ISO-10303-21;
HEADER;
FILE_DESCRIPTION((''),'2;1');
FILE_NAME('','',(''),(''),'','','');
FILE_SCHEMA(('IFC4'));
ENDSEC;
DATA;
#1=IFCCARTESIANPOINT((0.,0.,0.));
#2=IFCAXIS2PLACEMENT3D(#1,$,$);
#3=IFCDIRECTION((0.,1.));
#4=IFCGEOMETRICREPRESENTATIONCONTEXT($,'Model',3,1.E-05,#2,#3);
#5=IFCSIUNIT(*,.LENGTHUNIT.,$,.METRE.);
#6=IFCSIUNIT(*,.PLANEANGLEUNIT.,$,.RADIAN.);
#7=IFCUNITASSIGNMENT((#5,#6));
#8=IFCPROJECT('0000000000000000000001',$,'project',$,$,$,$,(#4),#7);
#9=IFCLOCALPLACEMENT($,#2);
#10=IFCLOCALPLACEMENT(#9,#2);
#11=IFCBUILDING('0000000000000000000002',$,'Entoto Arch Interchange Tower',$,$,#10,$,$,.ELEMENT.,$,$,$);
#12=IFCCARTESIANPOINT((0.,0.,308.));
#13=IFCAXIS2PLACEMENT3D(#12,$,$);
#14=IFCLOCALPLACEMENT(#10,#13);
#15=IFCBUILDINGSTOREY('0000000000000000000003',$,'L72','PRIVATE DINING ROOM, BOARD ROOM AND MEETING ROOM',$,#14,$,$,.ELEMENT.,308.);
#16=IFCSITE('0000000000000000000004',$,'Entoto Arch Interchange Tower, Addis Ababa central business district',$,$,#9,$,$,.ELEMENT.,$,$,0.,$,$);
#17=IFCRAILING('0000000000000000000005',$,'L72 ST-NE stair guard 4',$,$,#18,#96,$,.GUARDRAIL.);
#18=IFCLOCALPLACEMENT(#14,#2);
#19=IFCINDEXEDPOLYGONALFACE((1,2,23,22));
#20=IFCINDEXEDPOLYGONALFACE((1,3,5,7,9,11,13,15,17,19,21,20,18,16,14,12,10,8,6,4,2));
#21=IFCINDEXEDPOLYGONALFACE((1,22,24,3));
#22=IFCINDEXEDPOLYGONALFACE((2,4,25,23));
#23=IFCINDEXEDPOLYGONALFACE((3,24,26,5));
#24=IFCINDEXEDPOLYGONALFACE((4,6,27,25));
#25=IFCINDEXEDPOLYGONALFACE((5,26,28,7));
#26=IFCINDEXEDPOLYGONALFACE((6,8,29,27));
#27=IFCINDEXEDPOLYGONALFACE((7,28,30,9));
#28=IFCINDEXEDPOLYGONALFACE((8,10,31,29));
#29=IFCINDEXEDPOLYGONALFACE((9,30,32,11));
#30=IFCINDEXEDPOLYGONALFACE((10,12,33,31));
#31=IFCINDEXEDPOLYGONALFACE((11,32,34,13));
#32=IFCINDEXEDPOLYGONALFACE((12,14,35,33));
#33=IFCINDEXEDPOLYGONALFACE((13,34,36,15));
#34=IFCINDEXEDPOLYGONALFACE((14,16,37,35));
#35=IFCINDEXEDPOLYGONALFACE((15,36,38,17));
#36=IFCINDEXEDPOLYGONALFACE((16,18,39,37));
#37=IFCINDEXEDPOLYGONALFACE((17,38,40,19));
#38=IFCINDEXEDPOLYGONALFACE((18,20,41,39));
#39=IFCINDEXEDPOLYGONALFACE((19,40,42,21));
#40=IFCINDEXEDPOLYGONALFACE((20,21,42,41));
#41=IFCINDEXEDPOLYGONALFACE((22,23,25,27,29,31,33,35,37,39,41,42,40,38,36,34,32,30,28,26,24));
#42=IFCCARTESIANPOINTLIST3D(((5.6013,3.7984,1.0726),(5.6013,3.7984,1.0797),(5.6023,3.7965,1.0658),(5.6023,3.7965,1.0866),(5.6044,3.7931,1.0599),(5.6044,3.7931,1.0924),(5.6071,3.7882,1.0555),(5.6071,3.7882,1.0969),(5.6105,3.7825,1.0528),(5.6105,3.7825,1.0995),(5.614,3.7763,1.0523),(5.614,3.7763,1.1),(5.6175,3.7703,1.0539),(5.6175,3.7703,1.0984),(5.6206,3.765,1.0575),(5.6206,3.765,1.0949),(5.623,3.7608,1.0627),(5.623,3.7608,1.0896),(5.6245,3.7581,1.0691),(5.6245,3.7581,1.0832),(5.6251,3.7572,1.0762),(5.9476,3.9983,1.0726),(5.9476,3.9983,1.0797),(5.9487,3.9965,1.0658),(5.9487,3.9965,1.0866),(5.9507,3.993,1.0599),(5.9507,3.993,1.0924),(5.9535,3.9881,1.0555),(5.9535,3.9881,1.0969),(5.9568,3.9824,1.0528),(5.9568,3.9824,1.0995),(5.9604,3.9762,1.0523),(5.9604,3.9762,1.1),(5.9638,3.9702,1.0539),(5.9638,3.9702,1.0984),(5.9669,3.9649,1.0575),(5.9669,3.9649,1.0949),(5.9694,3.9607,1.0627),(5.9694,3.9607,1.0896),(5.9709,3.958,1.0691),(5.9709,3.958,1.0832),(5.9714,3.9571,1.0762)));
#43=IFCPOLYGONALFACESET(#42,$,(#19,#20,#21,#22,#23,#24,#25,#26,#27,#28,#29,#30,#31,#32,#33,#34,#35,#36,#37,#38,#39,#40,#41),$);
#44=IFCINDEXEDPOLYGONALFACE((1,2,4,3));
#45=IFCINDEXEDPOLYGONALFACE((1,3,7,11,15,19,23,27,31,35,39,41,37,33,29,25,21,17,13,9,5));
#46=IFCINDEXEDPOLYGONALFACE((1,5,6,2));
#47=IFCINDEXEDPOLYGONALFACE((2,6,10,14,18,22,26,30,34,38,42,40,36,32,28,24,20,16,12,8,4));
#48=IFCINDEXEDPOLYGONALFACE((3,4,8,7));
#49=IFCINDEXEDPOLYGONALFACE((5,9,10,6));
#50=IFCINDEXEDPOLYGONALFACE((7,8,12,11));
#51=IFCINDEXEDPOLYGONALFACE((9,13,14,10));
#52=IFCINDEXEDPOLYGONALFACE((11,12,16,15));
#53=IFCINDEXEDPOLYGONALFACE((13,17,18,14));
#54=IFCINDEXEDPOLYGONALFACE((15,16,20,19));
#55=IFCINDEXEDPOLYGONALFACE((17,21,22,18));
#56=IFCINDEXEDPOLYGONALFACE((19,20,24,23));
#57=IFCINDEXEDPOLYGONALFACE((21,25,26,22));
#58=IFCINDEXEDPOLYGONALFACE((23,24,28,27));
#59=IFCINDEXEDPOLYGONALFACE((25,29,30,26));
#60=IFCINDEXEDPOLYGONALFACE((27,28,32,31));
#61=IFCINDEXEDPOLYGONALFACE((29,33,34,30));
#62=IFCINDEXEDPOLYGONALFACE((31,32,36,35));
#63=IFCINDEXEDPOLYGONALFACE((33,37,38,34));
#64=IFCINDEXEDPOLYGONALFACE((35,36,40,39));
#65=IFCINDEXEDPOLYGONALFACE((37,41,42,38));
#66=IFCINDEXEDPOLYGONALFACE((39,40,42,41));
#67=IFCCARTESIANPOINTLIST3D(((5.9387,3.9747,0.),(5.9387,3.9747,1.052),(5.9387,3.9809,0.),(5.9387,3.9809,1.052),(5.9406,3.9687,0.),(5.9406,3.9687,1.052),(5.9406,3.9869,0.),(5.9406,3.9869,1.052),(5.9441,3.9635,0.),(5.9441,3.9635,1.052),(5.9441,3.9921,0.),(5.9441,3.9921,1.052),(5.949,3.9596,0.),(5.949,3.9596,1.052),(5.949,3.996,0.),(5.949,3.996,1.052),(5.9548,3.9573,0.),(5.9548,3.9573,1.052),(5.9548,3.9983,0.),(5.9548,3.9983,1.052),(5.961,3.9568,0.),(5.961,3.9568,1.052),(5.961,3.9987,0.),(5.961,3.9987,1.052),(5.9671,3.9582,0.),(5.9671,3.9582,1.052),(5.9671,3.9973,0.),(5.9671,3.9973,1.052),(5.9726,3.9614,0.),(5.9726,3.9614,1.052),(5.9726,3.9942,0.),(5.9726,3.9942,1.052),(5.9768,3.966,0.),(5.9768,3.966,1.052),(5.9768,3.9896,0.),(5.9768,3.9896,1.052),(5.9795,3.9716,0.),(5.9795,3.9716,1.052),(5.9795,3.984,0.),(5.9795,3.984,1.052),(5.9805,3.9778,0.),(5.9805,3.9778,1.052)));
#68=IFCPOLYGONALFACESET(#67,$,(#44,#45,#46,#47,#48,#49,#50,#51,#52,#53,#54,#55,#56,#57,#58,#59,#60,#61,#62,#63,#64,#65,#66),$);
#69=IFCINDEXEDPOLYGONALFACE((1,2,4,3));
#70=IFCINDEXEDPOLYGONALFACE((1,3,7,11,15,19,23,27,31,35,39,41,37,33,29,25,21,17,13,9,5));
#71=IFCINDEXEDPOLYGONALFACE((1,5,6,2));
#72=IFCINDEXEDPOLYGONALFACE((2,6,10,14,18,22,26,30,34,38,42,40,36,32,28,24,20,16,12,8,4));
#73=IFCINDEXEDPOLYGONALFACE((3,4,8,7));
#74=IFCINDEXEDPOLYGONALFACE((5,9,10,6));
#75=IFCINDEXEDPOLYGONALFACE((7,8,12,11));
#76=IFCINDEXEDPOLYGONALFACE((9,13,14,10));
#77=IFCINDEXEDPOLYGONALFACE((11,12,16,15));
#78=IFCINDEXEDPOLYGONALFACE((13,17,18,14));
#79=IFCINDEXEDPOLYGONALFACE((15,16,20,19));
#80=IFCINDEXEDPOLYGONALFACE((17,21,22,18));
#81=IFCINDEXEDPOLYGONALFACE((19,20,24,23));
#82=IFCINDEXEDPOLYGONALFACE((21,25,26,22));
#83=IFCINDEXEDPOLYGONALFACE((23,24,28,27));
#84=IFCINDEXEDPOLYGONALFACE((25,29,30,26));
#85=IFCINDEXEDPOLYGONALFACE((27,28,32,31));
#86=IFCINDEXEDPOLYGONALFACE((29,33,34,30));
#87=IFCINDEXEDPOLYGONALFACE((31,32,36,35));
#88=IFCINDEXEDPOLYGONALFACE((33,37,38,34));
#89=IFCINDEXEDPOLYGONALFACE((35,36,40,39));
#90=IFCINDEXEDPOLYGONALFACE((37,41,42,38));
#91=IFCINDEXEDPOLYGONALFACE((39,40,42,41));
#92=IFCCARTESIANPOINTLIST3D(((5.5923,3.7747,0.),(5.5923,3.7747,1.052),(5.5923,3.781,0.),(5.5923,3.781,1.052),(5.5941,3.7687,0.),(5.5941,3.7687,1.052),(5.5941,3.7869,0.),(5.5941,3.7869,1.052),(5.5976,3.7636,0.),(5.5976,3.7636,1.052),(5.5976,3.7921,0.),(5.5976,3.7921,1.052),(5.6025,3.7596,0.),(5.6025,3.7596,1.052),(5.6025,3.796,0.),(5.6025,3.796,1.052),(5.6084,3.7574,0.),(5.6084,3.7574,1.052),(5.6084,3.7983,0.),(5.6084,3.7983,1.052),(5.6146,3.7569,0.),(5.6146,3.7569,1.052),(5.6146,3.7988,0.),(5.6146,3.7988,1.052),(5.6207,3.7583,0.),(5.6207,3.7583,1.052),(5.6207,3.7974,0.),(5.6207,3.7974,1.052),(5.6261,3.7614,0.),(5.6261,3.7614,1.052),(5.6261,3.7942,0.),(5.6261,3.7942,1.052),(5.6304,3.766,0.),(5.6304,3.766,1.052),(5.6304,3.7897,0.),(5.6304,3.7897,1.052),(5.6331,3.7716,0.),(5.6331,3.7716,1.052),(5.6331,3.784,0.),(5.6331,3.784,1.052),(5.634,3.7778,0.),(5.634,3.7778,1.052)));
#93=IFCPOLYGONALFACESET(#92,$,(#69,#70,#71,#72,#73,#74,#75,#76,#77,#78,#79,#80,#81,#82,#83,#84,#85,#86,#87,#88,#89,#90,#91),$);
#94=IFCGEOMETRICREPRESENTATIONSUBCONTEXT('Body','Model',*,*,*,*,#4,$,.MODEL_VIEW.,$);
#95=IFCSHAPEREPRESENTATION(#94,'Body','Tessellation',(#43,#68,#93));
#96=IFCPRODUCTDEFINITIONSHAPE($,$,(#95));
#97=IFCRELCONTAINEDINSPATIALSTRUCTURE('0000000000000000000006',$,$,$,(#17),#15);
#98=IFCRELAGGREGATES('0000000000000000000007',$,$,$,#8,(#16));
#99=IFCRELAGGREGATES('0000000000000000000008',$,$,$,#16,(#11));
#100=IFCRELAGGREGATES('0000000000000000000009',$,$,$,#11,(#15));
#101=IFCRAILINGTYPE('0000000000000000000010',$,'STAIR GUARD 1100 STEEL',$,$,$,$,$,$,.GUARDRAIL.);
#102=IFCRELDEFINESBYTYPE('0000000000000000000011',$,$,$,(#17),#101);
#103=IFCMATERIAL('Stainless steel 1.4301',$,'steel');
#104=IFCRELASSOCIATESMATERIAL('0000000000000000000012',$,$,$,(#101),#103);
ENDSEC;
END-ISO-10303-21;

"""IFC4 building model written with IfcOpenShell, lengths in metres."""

from ifc_helpers import new_model, si_unit, direction, frame, origin, origin_2d, place, context, subcontext, project, spatial, circle, extrude, material, type_object, element, save


model = new_model("IFC4")

# Units and contexts
model_context = context("Model", 3, precision=1e-05, world=origin(), true_north=direction((0.0, 1.0)))
body_context = subcontext(model_context, "Body", "Model", "MODEL_VIEW")
ifc_project = project(units=[si_unit("LENGTHUNIT", "METRE"), si_unit("PLANEANGLEUNIT", "RADIAN")], contexts=[model_context])

# Site, building, storey
site_placement = place(None, origin())
site = spatial("IfcSite", under=ifc_project, at=site_placement, Name="Entoto Arch Interchange Tower, Addis Ababa central business district", CompositionType="ELEMENT", RefElevation=0.0)
building_placement = place(site_placement, origin())
building = spatial("IfcBuilding", under=site, at=building_placement, Name="Entoto Arch Interchange Tower", CompositionType="ELEMENT")
storey_placement = place(building_placement, frame((0.0, 0.0, 308.0)))
storey = spatial("IfcBuildingStorey", under=building, at=storey_placement, Name="L72", Description="PRIVATE DINING ROOM, BOARD ROOM AND MEETING ROOM", CompositionType="ELEMENT", Elevation=308.0)

# Railing
ifc_material_1 = material(Name="Stainless steel 1.4301", Category="steel")
railing_type_1 = type_object("IfcRailingType", Name="STAIR GUARD 1100 STEEL", PredefinedType="GUARDRAIL", material=ifc_material_1)
railing_1_placement = place(storey_placement, frame((5.9595, 3.9778, 0.0)))
element("IfcRailing", 1, at=railing_1_placement, inside=storey, type_object=railing_type_1, Name="L72 ST-NE stair guard 4", PredefinedType="GUARDRAIL", context=body_context, shape_type="SweptSolid", body=[
    extrude(circle(Radius=0.0239, at=origin_2d()), frame((0.0, 0.0, 1.0762), z_axis=(-0.866094, -0.499881, 0.0), x_axis=(0.499881, -0.866094, 0.0)), (0.0, 0.0, 1.0), 0.3999),
    extrude(circle(Radius=0.021, at=origin_2d()), origin(), (0.0, 0.0, 1.0), 1.052),
    extrude(circle(Radius=0.021, at=origin_2d()), frame((-0.3464, -0.2, 0.0)), (0.0, 0.0, 1.0), 1.052),
])

save(model, "model.ifc")
